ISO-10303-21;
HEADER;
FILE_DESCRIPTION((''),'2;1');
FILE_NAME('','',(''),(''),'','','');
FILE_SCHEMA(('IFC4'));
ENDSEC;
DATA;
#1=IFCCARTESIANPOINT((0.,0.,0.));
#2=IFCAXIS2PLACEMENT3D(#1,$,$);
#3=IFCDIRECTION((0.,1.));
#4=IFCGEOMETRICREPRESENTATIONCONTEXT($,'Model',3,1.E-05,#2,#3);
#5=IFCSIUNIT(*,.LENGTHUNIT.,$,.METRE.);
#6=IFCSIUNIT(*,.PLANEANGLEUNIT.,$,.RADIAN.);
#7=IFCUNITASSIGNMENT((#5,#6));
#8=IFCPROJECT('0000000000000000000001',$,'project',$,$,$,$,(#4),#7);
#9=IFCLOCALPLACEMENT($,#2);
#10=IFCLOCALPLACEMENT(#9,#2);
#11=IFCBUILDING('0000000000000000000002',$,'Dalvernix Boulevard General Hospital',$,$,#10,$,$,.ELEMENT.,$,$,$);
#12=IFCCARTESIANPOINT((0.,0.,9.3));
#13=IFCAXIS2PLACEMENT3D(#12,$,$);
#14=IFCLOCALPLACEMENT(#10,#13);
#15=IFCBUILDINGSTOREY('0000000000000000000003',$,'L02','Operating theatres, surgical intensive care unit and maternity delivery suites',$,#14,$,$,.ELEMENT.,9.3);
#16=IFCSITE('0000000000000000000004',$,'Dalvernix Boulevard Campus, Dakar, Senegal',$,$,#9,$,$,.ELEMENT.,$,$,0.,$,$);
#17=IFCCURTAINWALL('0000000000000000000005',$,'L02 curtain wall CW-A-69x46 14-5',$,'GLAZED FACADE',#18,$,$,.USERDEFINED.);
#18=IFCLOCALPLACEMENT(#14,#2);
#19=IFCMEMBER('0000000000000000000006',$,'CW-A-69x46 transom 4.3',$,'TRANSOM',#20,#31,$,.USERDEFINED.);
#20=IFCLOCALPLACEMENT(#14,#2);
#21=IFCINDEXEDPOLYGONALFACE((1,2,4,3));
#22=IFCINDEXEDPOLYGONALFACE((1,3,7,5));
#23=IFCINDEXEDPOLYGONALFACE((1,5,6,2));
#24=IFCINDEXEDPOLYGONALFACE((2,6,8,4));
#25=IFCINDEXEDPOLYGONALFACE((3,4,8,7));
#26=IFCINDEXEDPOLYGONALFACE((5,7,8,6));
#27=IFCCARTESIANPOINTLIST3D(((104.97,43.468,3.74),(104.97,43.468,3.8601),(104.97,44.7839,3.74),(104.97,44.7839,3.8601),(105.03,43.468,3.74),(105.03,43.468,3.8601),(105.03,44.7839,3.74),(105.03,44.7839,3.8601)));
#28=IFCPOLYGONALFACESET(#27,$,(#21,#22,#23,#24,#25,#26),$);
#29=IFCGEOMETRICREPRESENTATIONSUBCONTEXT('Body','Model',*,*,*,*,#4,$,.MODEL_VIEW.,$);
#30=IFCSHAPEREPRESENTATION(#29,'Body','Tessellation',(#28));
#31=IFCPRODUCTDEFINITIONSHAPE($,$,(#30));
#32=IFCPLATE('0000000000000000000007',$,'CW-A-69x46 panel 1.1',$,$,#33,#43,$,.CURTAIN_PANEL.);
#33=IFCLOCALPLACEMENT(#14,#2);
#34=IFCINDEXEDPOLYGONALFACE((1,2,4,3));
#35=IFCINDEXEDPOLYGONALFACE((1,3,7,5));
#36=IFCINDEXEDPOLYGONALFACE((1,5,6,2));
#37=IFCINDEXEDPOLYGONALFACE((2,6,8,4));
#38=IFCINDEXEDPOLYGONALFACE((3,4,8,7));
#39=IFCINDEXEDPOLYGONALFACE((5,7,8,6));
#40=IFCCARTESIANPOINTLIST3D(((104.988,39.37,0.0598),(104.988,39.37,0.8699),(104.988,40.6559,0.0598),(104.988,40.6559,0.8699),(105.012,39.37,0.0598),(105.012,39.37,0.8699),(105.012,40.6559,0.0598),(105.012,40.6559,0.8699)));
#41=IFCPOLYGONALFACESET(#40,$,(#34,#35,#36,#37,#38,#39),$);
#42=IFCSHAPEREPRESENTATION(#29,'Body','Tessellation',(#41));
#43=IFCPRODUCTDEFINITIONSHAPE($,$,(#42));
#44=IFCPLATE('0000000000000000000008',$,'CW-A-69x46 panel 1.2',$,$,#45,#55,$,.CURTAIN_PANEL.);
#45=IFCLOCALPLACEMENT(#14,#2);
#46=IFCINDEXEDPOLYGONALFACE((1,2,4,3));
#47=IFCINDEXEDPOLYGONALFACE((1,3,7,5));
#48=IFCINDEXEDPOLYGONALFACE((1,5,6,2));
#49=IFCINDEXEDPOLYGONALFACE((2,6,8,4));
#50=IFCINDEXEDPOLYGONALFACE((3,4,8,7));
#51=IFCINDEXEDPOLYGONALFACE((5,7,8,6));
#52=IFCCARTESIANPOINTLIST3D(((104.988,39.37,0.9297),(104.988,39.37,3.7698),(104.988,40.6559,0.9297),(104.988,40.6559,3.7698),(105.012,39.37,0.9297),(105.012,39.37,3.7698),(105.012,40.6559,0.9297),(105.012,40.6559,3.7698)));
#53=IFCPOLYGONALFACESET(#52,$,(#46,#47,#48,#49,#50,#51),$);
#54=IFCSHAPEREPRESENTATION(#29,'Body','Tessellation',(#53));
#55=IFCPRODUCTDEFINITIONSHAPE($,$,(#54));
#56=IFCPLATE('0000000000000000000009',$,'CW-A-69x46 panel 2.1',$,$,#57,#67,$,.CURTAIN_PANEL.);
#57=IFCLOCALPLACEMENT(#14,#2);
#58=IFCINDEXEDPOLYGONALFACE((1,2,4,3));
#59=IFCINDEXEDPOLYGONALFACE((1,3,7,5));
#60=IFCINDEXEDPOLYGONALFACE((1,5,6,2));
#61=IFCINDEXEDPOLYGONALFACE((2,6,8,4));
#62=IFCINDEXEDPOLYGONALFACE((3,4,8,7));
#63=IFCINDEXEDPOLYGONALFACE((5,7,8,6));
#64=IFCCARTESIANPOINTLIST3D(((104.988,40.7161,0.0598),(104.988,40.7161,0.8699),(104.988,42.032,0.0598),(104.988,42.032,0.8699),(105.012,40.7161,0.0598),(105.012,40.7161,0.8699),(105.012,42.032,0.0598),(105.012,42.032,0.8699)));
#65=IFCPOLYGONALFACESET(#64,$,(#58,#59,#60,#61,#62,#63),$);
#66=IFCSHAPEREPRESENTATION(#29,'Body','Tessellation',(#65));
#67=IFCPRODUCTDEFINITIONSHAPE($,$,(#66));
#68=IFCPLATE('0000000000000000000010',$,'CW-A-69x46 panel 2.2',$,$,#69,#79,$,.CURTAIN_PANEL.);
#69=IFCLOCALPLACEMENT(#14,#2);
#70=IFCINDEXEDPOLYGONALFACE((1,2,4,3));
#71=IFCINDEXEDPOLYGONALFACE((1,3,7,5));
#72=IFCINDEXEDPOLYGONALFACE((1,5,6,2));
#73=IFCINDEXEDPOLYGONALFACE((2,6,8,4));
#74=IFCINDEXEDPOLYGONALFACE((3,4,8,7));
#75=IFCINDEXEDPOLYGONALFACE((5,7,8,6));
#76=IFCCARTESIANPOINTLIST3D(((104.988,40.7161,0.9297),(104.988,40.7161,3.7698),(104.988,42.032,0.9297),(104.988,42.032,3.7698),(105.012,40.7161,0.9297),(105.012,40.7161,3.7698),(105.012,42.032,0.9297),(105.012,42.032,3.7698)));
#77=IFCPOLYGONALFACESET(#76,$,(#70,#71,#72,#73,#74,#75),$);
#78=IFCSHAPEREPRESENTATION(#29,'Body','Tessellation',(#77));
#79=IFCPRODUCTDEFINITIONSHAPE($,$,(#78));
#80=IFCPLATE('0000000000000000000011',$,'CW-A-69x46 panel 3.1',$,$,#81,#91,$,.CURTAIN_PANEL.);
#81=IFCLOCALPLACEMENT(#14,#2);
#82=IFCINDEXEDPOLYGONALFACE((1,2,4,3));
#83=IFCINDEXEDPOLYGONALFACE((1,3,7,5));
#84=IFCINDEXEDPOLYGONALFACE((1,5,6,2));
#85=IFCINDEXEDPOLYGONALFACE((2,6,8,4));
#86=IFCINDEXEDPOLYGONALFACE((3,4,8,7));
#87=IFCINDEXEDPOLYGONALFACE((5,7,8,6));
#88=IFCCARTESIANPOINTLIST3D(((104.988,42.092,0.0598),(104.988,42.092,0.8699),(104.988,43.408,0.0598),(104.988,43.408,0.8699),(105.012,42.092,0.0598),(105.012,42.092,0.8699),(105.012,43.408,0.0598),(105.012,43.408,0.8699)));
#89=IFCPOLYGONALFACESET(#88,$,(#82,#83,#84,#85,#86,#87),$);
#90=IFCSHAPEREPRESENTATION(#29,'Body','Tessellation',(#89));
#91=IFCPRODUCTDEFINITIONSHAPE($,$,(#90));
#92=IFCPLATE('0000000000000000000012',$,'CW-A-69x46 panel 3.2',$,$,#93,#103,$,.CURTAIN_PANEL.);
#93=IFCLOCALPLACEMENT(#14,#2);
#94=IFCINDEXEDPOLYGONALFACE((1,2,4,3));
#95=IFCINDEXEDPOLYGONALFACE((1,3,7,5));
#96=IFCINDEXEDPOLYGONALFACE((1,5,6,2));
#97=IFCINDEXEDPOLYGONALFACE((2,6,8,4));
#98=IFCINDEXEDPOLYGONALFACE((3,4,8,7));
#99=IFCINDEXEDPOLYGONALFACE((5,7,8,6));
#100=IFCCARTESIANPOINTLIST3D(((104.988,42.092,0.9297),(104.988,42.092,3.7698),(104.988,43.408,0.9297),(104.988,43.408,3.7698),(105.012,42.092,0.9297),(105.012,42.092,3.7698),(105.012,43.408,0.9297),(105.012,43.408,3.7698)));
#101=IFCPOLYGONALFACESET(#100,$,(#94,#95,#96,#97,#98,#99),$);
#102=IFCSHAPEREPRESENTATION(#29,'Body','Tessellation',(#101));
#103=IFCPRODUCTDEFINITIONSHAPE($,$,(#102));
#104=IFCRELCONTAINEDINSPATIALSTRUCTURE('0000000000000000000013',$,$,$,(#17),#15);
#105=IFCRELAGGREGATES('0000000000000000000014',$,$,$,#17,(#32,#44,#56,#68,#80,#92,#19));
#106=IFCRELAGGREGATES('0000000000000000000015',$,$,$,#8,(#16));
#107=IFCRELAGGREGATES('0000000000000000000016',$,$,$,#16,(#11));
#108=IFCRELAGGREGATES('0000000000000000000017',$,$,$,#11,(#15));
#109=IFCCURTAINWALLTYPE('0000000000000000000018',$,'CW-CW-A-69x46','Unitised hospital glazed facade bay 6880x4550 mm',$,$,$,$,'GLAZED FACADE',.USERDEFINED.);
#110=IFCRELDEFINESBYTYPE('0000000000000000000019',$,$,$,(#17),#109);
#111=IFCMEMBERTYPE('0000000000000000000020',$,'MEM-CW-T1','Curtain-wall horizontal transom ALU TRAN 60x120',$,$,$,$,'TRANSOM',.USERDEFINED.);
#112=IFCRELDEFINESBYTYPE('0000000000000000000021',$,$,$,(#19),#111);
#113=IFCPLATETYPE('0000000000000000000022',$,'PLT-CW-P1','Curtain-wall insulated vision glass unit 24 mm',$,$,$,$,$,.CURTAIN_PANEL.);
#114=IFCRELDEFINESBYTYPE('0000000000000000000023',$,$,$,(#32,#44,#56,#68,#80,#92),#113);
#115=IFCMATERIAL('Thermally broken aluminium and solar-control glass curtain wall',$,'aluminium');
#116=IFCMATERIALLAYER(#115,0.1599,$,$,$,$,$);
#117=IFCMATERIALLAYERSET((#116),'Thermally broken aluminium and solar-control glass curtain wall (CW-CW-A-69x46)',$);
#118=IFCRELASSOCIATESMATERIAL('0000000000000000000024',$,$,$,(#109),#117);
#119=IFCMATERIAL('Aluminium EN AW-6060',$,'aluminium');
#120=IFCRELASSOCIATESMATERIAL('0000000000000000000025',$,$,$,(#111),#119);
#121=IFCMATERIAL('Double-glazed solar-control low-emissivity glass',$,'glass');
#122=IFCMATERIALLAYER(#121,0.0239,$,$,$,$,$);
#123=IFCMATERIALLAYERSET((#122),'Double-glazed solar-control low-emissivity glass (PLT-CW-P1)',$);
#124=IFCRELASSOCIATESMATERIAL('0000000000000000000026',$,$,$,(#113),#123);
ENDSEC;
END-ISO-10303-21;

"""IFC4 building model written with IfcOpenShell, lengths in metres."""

from ifc_helpers import new_model, si_unit, direction, frame, origin, origin_2d, place, context, subcontext, project, spatial, rectangle, extrude, material, layer, layer_set, material_profile, profile_set, type_object, element, aggregate, save


model = new_model("IFC4")

# Units and contexts
model_context = context("Model", 3, precision=1e-05, world=origin(), true_north=direction((0.0, 1.0)))
body_context = subcontext(model_context, "Body", "Model", "MODEL_VIEW")
ifc_project = project(units=[si_unit("LENGTHUNIT", "METRE"), si_unit("PLANEANGLEUNIT", "RADIAN")], contexts=[model_context])

# Site, building, storey
site_placement = place(None, origin())
site = spatial("IfcSite", under=ifc_project, at=site_placement, Name="Dalvernix Boulevard Campus, Dakar, Senegal", CompositionType="ELEMENT", RefElevation=0.0)
building_placement = place(site_placement, origin())
building = spatial("IfcBuilding", under=site, at=building_placement, Name="Dalvernix Boulevard General Hospital", CompositionType="ELEMENT")
storey_placement = place(building_placement, frame((0.0, 0.0, 9.3)))
storey = spatial("IfcBuildingStorey", under=building, at=storey_placement, Name="L02", Description="Operating theatres, surgical intensive care unit and maternity delivery suites", CompositionType="ELEMENT", Elevation=9.3)

# Curtain wall, member, plates
ifc_material_1 = material(Name="Thermally broken aluminium and solar-control glass curtain wall", Category="aluminium")
ifc_layer_1 = layer(ifc_material_1, 0.1599)
ifc_layer_set_1 = layer_set([ifc_layer_1], Name="Thermally broken aluminium and solar-control glass curtain wall (CW-CW-A-69x46)")
curtain_wall_type = type_object("IfcCurtainWallType", Name="CW-CW-A-69x46", Description="Unitised hospital glazed facade bay 6880x4550 mm", ElementType="GLAZED FACADE", PredefinedType="USERDEFINED", material=ifc_layer_set_1)
curtain_wall_placement = place(storey_placement, origin())
curtain_wall = element("IfcCurtainWall", 1, at=curtain_wall_placement, inside=storey, type_object=curtain_wall_type, Name="L02 curtain wall CW-A-69x46 14-5", ObjectType="GLAZED FACADE", PredefinedType="USERDEFINED")
ifc_material_2 = material(Name="Aluminium EN AW-6060", Category="aluminium")
ifc_material_profile_1 = material_profile(ifc_material_2, rectangle(XDim=0.0601, YDim=0.1201, at=origin_2d()), Name="ALU TRAN 60x120")
ifc_profile_set_1 = profile_set([ifc_material_profile_1], Name="Aluminium EN AW-6060")
member_type_1 = type_object("IfcMemberType", Name="MEM-CW-T1", Description="Curtain-wall horizontal transom ALU TRAN 60x120", ElementType="TRANSOM", PredefinedType="USERDEFINED", material=ifc_profile_set_1)
member_1_placement = place(storey_placement, frame((105.0, 43.468, 3.8), z_axis=(0.0, 1.0, 0.0), x_axis=(-1.0, 0.0, 0.0)))
member_1 = element("IfcMember", 2, at=member_1_placement, type_object=member_type_1, Name="CW-A-69x46 transom 4.3", ObjectType="TRANSOM", PredefinedType="USERDEFINED", context=body_context, shape_type="SweptSolid", body=[
    extrude(rectangle(XDim=0.0601, YDim=0.1201, at=origin_2d()), origin(), (0.0, 0.0, 1.0), 1.3159),
])
ifc_material_3 = material(Name="Double-glazed solar-control low-emissivity glass", Category="glass")
ifc_layer_2 = layer(ifc_material_3, 0.0239)
ifc_layer_set_2 = layer_set([ifc_layer_2], Name="Double-glazed solar-control low-emissivity glass (PLT-CW-P1)")
plate_type = type_object("IfcPlateType", Name="PLT-CW-P1", Description="Curtain-wall insulated vision glass unit 24 mm", PredefinedType="CURTAIN_PANEL", material=ifc_layer_set_2)
plate_1_placement = place(storey_placement, frame((105.0, 40.0129, 0.0598), z_axis=(0.0, 0.0, 1.0), x_axis=(0.0, 1.0, 0.0)))
plate_1 = element("IfcPlate", 3, at=plate_1_placement, type_object=plate_type, Name="CW-A-69x46 panel 1.1", PredefinedType="CURTAIN_PANEL", context=body_context, shape_type="SweptSolid", body=[
    extrude(rectangle(XDim=1.2859, YDim=0.0239, at=origin_2d()), origin(), (0.0, 0.0, 1.0), 0.8101),
])
plate_2_placement = place(storey_placement, frame((105.0, 40.0129, 0.9297), z_axis=(0.0, 0.0, 1.0), x_axis=(0.0, 1.0, 0.0)))
plate_2 = element("IfcPlate", 4, at=plate_2_placement, type_object=plate_type, Name="CW-A-69x46 panel 1.2", PredefinedType="CURTAIN_PANEL", context=body_context, shape_type="SweptSolid", body=[
    extrude(rectangle(XDim=1.2859, YDim=0.0239, at=origin_2d()), origin(), (0.0, 0.0, 1.0), 2.8401),
])
plate_3_placement = place(storey_placement, frame((105.0, 41.374, 0.0598), z_axis=(0.0, 0.0, 1.0), x_axis=(0.0, 1.0, 0.0)))
plate_3 = element("IfcPlate", 5, at=plate_3_placement, type_object=plate_type, Name="CW-A-69x46 panel 2.1", PredefinedType="CURTAIN_PANEL", context=body_context, shape_type="SweptSolid", body=[
    extrude(rectangle(XDim=1.3159, YDim=0.0239, at=origin_2d()), origin(), (0.0, 0.0, 1.0), 0.8101),
])
plate_4_placement = place(storey_placement, frame((105.0, 41.374, 0.9297), z_axis=(0.0, 0.0, 1.0), x_axis=(0.0, 1.0, 0.0)))
plate_4 = element("IfcPlate", 6, at=plate_4_placement, type_object=plate_type, Name="CW-A-69x46 panel 2.2", PredefinedType="CURTAIN_PANEL", context=body_context, shape_type="SweptSolid", body=[
    extrude(rectangle(XDim=1.3159, YDim=0.0239, at=origin_2d()), origin(), (0.0, 0.0, 1.0), 2.8401),
])
plate_5_placement = place(storey_placement, frame((105.0, 42.75, 0.0598), z_axis=(0.0, 0.0, 1.0), x_axis=(0.0, 1.0, 0.0)))
plate_5 = element("IfcPlate", 7, at=plate_5_placement, type_object=plate_type, Name="CW-A-69x46 panel 3.1", PredefinedType="CURTAIN_PANEL", context=body_context, shape_type="SweptSolid", body=[
    extrude(rectangle(XDim=1.3159, YDim=0.0239, at=origin_2d()), origin(), (0.0, 0.0, 1.0), 0.8101),
])
plate_6_placement = place(storey_placement, frame((105.0, 42.75, 0.9297), z_axis=(0.0, 0.0, 1.0), x_axis=(0.0, 1.0, 0.0)))
plate_6 = element("IfcPlate", 8, at=plate_6_placement, type_object=plate_type, Name="CW-A-69x46 panel 3.2", PredefinedType="CURTAIN_PANEL", context=body_context, shape_type="SweptSolid", body=[
    extrude(rectangle(XDim=1.3159, YDim=0.0239, at=origin_2d()), origin(), (0.0, 0.0, 1.0), 2.8401),
])
aggregate(curtain_wall, [plate_1, plate_2, plate_3, plate_4, plate_5, plate_6, member_1])

save(model, "model.ifc")
